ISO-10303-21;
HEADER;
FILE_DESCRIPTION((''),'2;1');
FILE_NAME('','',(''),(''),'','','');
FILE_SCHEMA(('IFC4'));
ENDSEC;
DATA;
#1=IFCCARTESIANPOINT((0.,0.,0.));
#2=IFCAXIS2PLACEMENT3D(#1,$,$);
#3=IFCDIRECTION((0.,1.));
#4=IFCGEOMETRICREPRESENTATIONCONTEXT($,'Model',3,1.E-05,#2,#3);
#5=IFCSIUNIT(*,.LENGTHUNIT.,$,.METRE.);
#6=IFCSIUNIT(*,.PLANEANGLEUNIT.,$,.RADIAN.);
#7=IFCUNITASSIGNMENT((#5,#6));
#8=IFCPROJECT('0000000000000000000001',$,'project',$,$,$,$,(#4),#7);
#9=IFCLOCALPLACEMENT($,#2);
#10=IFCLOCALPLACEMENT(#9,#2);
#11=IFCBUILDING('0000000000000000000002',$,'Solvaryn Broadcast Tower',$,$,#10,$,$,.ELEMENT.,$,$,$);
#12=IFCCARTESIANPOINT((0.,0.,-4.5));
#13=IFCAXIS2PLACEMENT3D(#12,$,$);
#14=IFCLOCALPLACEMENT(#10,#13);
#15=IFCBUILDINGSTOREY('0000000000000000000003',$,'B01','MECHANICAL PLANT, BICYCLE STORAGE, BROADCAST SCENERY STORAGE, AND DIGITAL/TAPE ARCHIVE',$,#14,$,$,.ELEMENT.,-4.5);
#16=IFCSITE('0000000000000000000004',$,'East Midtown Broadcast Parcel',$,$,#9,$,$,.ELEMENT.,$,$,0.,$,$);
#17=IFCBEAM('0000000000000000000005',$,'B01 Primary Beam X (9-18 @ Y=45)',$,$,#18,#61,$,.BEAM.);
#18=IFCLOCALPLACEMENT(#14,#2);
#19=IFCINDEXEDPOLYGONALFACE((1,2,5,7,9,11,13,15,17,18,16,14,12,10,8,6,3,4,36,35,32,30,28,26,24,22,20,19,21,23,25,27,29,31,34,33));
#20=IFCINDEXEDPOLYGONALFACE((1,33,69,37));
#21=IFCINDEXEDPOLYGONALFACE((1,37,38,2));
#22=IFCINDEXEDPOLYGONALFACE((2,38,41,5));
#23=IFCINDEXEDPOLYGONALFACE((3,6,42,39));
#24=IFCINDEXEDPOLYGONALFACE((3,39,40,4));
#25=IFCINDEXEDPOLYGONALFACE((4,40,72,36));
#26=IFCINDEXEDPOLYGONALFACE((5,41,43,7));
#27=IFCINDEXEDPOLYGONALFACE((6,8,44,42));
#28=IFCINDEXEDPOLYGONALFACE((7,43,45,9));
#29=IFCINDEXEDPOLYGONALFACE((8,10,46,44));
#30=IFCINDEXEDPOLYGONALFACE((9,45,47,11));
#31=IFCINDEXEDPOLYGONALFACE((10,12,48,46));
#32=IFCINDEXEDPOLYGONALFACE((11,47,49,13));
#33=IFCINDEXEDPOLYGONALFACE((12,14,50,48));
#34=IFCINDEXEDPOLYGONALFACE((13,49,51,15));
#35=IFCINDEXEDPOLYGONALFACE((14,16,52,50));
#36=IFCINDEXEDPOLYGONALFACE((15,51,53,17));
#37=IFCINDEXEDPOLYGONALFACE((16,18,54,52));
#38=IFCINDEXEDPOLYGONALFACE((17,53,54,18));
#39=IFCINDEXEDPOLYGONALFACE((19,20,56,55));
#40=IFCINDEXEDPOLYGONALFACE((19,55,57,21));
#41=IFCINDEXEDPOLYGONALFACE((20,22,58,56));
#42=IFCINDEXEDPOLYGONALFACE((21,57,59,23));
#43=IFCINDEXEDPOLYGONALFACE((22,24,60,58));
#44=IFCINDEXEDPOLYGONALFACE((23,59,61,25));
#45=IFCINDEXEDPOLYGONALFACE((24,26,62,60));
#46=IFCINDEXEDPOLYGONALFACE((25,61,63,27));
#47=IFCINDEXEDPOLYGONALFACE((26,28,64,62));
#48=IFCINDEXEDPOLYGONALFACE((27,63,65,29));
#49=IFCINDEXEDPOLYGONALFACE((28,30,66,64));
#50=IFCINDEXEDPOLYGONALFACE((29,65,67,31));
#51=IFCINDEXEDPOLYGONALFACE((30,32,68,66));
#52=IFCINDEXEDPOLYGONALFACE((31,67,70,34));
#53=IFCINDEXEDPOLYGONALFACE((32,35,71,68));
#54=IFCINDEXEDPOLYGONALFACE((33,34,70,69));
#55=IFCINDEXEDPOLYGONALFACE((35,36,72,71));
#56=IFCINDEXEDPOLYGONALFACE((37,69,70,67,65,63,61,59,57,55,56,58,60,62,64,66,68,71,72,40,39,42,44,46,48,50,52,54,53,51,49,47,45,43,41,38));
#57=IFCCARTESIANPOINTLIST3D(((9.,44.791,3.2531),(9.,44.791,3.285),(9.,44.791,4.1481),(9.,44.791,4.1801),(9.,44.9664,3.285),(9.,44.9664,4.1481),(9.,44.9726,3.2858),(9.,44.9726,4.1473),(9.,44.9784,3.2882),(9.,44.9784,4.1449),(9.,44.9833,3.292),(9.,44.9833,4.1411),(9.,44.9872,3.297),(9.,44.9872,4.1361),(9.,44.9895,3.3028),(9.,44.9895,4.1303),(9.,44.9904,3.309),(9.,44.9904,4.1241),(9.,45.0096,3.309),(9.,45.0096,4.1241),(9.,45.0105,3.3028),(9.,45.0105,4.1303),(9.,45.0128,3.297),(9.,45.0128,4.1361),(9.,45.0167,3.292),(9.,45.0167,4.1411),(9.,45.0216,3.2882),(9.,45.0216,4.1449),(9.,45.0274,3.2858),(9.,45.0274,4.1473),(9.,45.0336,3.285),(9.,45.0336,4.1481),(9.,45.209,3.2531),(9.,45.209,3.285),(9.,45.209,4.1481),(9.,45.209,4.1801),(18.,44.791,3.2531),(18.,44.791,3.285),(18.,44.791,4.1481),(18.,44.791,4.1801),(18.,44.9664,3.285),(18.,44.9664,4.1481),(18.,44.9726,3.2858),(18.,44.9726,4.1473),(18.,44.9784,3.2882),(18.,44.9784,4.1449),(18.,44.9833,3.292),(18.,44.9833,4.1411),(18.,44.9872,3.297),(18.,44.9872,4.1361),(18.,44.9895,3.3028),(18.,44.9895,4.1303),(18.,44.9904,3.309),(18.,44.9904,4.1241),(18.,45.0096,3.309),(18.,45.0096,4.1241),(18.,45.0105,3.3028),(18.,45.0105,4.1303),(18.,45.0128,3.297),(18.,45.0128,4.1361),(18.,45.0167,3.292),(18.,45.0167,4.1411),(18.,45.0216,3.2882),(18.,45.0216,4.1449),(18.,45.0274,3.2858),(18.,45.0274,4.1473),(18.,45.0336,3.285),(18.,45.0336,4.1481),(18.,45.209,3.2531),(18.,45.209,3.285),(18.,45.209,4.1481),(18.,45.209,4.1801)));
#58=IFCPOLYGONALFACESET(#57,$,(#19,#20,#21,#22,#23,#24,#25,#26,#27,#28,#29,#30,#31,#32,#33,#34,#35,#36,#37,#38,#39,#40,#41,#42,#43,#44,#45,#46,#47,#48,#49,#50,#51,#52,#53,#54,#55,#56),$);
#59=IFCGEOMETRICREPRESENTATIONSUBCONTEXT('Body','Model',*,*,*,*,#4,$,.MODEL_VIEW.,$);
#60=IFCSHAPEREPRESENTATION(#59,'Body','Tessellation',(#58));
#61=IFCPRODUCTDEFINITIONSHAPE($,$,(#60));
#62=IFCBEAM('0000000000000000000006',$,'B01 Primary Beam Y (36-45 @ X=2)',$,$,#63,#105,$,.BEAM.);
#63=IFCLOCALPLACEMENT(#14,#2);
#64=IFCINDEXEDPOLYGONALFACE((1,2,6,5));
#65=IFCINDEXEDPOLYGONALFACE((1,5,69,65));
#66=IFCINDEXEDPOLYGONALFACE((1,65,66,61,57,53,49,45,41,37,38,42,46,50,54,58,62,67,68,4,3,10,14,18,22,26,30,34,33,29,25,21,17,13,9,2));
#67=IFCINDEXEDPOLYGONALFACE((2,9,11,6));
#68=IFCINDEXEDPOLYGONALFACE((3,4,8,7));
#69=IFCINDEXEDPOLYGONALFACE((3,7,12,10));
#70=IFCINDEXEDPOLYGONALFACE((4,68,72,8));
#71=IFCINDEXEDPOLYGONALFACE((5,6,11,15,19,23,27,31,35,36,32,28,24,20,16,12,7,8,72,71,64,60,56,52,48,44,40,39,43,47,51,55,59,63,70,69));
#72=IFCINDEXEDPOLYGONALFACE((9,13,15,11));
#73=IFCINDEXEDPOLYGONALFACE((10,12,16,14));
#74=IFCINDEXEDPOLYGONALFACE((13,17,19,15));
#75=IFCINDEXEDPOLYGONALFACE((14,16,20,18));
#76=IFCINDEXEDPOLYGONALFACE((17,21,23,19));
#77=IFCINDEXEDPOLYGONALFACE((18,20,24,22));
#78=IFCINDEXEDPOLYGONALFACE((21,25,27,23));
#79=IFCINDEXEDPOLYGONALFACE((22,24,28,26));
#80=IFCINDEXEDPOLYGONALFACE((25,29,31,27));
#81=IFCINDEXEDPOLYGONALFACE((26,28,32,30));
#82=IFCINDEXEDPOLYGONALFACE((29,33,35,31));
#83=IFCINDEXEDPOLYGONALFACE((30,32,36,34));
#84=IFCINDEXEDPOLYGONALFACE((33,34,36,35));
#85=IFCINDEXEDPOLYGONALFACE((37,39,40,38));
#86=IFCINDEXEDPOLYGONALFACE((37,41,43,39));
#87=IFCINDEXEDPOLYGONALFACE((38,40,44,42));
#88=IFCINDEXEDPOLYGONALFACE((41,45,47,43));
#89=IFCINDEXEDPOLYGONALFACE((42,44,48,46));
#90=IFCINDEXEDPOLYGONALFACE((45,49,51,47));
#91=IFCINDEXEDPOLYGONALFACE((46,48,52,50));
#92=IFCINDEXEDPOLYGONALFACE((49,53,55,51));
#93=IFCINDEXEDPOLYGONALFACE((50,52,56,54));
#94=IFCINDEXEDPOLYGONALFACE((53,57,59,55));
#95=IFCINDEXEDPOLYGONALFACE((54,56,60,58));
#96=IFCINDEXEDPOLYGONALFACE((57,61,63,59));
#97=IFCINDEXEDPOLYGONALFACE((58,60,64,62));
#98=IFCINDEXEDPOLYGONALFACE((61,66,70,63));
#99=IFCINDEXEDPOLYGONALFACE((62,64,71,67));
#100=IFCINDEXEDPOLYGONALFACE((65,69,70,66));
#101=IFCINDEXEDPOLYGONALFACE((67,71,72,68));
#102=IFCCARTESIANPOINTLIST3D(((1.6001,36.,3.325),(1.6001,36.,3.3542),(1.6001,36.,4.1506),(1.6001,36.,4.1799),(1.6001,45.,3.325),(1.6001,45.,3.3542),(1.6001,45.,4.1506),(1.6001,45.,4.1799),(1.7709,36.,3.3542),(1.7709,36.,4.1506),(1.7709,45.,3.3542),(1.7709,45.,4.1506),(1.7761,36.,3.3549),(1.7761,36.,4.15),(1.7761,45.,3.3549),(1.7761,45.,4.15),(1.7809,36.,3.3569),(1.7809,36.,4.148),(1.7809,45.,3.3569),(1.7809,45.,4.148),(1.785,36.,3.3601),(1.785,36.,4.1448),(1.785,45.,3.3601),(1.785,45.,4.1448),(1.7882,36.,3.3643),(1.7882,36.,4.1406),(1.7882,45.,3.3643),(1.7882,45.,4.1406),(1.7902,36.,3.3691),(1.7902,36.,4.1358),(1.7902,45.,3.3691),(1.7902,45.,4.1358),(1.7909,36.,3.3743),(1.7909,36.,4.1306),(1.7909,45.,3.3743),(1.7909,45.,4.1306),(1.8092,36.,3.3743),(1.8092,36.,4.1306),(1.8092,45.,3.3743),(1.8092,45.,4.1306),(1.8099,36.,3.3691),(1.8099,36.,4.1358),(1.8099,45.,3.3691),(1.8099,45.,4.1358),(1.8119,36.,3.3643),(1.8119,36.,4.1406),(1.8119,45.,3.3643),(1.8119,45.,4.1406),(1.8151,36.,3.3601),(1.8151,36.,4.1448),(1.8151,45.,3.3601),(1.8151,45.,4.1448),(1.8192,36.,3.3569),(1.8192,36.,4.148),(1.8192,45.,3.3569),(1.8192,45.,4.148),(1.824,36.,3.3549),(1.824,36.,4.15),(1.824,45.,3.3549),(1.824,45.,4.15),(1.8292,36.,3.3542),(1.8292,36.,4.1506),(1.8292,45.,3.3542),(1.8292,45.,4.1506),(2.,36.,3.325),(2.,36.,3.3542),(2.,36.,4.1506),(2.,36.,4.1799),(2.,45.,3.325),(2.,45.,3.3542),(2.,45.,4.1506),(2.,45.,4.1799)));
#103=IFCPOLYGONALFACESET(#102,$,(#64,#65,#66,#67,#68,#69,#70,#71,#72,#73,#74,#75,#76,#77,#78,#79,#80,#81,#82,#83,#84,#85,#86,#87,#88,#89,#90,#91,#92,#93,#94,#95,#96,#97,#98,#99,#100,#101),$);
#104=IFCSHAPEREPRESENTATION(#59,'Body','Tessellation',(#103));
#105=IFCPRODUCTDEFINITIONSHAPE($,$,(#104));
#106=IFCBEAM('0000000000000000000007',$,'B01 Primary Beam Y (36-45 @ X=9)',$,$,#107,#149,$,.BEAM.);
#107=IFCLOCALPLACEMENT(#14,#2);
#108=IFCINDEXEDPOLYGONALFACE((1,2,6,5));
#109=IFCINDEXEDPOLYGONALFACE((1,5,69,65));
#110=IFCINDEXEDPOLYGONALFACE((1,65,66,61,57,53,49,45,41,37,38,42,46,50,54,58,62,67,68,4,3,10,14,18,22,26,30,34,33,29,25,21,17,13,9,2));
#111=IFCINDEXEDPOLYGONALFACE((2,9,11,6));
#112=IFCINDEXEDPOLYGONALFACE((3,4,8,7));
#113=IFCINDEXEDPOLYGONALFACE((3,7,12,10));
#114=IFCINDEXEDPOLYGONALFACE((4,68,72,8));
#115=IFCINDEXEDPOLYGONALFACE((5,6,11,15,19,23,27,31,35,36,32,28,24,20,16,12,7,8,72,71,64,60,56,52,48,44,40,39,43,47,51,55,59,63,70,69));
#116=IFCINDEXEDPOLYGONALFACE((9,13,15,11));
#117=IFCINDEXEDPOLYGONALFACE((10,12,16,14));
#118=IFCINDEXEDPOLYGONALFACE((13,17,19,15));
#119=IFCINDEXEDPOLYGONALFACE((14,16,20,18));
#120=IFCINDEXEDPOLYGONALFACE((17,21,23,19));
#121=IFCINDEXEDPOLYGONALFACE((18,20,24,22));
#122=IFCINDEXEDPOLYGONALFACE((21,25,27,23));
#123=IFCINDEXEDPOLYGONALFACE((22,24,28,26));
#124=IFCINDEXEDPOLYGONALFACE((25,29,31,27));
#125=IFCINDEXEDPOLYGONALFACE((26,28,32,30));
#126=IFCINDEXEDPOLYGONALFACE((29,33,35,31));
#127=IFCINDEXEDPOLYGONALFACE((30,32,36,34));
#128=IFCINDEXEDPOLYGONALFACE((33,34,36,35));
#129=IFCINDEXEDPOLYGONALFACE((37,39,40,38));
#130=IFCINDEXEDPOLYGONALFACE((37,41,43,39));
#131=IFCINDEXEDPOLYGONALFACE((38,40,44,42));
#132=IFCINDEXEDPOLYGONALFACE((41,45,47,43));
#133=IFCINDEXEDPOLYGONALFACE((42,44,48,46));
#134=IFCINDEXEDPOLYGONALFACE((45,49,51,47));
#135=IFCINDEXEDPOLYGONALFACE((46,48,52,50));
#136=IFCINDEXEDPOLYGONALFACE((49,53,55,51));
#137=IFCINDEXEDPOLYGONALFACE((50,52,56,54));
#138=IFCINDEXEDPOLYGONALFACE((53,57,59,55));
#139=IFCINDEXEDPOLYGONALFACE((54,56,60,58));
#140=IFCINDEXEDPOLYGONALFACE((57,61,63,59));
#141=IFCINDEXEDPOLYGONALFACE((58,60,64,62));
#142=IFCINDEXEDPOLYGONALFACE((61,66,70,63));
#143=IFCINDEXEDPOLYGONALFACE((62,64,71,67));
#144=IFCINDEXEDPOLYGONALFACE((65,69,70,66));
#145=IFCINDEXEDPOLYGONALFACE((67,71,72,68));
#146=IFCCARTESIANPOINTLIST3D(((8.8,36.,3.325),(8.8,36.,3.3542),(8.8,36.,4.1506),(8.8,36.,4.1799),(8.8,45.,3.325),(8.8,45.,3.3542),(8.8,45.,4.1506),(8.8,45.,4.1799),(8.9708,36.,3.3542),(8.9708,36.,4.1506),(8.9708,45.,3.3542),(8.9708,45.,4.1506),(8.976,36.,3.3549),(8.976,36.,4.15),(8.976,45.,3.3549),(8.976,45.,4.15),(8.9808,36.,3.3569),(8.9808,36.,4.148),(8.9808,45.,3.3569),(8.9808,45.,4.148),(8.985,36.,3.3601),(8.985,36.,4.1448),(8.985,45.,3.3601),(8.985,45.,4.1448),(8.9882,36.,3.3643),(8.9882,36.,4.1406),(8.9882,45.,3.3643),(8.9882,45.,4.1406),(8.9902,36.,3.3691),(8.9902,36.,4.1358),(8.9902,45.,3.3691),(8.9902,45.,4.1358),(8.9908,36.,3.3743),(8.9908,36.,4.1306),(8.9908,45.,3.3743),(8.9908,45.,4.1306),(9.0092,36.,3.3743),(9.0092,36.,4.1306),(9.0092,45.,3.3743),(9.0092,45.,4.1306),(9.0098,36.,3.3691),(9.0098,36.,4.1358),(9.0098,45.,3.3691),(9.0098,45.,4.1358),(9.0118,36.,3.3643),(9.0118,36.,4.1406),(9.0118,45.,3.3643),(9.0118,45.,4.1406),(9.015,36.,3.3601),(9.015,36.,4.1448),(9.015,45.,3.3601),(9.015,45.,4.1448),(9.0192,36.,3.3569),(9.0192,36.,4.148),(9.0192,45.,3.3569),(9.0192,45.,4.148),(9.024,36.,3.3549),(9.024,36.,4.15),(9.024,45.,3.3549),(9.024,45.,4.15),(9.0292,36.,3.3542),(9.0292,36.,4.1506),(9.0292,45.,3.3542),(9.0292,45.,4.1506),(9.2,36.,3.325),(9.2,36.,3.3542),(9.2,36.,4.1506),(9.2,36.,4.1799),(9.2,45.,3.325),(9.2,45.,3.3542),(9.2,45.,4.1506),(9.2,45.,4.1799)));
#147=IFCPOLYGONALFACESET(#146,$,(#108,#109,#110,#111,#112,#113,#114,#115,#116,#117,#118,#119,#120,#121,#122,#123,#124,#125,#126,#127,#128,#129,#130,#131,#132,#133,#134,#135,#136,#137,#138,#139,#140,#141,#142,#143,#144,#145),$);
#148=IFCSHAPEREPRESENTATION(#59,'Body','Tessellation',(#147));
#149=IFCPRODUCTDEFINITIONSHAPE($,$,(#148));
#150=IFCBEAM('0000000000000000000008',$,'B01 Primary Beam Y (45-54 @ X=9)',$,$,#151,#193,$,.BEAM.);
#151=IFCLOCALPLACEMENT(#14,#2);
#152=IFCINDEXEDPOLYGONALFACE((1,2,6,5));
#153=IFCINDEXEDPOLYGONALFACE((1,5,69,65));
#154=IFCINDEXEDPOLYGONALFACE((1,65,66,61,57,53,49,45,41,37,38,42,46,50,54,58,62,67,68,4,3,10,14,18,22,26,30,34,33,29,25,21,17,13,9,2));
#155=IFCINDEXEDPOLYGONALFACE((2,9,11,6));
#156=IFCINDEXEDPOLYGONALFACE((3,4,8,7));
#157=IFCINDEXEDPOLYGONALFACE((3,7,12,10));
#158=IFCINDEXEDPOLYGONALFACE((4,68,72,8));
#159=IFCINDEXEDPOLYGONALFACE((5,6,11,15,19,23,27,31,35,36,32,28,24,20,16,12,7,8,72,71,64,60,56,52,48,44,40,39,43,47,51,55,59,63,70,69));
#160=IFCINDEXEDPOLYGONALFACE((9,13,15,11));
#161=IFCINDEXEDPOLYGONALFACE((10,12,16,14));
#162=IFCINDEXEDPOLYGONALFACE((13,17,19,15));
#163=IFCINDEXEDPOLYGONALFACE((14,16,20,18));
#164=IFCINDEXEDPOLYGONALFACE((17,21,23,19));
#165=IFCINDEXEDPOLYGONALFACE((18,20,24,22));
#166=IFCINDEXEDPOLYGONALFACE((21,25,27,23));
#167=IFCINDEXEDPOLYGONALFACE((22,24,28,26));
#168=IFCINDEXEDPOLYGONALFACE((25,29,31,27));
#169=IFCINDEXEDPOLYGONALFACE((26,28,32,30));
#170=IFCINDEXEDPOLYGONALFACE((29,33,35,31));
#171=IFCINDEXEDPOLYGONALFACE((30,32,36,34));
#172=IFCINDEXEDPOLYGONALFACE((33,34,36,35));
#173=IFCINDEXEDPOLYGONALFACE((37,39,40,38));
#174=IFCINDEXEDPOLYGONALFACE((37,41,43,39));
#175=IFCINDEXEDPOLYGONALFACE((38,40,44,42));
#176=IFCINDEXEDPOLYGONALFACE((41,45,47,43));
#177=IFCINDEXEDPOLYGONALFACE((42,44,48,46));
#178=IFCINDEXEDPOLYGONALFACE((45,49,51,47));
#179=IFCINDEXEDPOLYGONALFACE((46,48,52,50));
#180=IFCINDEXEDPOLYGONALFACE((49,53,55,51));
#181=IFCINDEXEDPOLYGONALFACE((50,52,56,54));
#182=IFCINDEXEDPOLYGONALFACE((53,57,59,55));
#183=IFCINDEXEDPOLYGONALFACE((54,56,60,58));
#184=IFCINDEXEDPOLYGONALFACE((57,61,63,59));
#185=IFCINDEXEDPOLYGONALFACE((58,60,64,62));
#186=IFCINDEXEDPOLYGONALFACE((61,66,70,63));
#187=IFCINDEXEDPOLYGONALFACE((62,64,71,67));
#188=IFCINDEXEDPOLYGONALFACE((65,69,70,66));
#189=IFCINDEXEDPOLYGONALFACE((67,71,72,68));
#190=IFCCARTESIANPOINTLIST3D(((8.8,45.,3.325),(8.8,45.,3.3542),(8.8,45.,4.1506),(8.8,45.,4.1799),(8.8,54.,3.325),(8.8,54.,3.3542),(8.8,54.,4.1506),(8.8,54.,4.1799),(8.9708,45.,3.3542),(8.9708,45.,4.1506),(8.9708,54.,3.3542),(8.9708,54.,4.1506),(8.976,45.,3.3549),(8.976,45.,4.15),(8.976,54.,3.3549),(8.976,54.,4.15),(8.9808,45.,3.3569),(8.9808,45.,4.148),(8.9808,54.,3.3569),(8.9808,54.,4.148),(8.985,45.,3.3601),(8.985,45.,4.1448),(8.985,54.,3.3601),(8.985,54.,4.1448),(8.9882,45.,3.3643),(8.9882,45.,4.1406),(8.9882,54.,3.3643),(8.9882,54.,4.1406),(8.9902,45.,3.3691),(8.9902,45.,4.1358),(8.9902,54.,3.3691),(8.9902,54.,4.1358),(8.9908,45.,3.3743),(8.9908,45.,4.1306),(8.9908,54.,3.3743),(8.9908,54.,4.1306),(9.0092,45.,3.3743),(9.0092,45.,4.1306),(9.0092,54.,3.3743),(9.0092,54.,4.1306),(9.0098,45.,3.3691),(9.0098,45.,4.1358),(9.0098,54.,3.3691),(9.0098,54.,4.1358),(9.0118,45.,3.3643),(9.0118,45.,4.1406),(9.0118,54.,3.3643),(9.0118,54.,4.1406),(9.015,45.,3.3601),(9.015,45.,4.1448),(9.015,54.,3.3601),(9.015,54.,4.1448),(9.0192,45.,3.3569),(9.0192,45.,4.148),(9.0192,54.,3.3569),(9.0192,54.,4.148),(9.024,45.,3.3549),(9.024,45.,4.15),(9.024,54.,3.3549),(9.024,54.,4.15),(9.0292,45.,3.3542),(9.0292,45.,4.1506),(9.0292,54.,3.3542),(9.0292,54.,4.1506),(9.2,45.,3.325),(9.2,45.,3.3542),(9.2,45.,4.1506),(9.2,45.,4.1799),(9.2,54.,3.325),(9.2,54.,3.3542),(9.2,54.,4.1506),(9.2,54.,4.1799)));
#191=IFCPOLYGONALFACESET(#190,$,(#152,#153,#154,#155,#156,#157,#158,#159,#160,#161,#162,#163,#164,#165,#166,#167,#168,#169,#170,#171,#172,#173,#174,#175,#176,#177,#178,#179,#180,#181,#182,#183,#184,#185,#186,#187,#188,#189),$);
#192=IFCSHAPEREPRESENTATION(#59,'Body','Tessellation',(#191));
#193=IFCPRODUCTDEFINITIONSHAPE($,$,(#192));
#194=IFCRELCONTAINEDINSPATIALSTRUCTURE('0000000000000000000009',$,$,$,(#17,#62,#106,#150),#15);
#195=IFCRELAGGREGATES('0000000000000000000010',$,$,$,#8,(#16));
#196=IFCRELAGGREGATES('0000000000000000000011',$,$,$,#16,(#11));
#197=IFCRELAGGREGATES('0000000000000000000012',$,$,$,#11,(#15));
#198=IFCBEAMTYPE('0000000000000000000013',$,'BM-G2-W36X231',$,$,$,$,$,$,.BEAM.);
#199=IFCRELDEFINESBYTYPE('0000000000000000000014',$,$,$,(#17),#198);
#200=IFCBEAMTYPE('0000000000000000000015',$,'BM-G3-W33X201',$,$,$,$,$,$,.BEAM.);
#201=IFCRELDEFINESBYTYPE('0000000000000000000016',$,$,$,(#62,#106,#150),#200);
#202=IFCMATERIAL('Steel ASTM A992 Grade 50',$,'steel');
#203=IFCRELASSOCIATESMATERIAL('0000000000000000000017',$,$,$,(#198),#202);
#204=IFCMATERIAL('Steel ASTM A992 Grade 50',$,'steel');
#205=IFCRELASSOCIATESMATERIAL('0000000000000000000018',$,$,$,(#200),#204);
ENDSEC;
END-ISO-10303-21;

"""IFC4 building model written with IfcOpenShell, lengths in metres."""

from ifc_helpers import new_model, si_unit, direction, frame, origin, origin_2d, place, context, subcontext, project, spatial, i_section, extrude, material, material_profile, profile_set, type_object, element, save


model = new_model("IFC4")

# Units and contexts
model_context = context("Model", 3, precision=1e-05, world=origin(), true_north=direction((0.0, 1.0)))
body_context = subcontext(model_context, "Body", "Model", "MODEL_VIEW")
ifc_project = project(units=[si_unit("LENGTHUNIT", "METRE"), si_unit("PLANEANGLEUNIT", "RADIAN")], contexts=[model_context])

# Site, building, storey
site_placement = place(None, origin())
site = spatial("IfcSite", under=ifc_project, at=site_placement, Name="East Midtown Broadcast Parcel", CompositionType="ELEMENT", RefElevation=0.0)
building_placement = place(site_placement, origin())
building = spatial("IfcBuilding", under=site, at=building_placement, Name="Solvaryn Broadcast Tower", CompositionType="ELEMENT")
storey_placement = place(building_placement, frame((0.0, 0.0, -4.5)))
storey = spatial("IfcBuildingStorey", under=building, at=storey_placement, Name="B01", Description="MECHANICAL PLANT, BICYCLE STORAGE, BROADCAST SCENERY STORAGE, AND DIGITAL/TAPE ARCHIVE", CompositionType="ELEMENT", Elevation=-4.5)

# Beams
ifc_material_1 = material(Name="Steel ASTM A992 Grade 50", Category="steel")
ifc_material_profile_1 = material_profile(ifc_material_1, i_section(OverallWidth=0.418, OverallDepth=0.927, WebThickness=0.0193, FlangeThickness=0.032, FilletRadius=0.0239, at=origin_2d()))
ifc_profile_set_1 = profile_set([ifc_material_profile_1], Name="Steel ASTM A992 Grade 50")
beam_type_1 = type_object("IfcBeamType", Name="BM-G2-W36X231", PredefinedType="BEAM", material=ifc_profile_set_1)
beam_1_placement = place(storey_placement, frame((9.0, 45.0, 3.7166), z_axis=(1.0, 0.0, 0.0), x_axis=(0.0, 1.0, 0.0)))
element("IfcBeam", 1, at=beam_1_placement, inside=storey, type_object=beam_type_1, Name="B01 Primary Beam X (9-18 @ Y=45)", PredefinedType="BEAM", context=body_context, shape_type="SweptSolid", body=[
    extrude(i_section(OverallWidth=0.418, OverallDepth=0.927, WebThickness=0.0193, FlangeThickness=0.032, FilletRadius=0.0239, at=origin_2d()), origin(), (0.0, 0.0, 1.0), 9.0),
])
ifc_material_2 = material(Name="Steel ASTM A992 Grade 50", Category="steel")
ifc_material_profile_2 = material_profile(ifc_material_2, i_section(OverallWidth=0.3999, OverallDepth=0.855, WebThickness=0.0183, FlangeThickness=0.0293, FilletRadius=0.02, at=origin_2d()))
ifc_profile_set_2 = profile_set([ifc_material_profile_2], Name="Steel ASTM A992 Grade 50")
beam_type_2 = type_object("IfcBeamType", Name="BM-G3-W33X201", PredefinedType="BEAM", material=ifc_profile_set_2)
for number, where, z_axis, x_axis, name in (
    (2, (1.8, 36.0, 3.7524), (0.0, 1.0, 0.0), (-1.0, 0.0, 0.0), "B01 Primary Beam Y (36-45 @ X=2)"),
    (3, (9.0, 36.0, 3.7524), (0.0, 1.0, 0.0), (-1.0, 0.0, 0.0), "B01 Primary Beam Y (36-45 @ X=9)"),
    (4, (9.0, 45.0, 3.7524), (0.0, 1.0, 0.0), (-1.0, 0.0, 0.0), "B01 Primary Beam Y (45-54 @ X=9)"),
):
    element("IfcBeam", number, at=place(storey_placement, frame(where, z_axis=z_axis, x_axis=x_axis)), inside=storey, type_object=beam_type_2, Name=name, PredefinedType="BEAM", context=body_context, shape_type="SweptSolid", body=[
        extrude(i_section(OverallWidth=0.3999, OverallDepth=0.855, WebThickness=0.0183, FlangeThickness=0.0293, FilletRadius=0.02, at=origin_2d()), origin(), (0.0, 0.0, 1.0), 9.0),
    ])

save(model, "model.ifc")
